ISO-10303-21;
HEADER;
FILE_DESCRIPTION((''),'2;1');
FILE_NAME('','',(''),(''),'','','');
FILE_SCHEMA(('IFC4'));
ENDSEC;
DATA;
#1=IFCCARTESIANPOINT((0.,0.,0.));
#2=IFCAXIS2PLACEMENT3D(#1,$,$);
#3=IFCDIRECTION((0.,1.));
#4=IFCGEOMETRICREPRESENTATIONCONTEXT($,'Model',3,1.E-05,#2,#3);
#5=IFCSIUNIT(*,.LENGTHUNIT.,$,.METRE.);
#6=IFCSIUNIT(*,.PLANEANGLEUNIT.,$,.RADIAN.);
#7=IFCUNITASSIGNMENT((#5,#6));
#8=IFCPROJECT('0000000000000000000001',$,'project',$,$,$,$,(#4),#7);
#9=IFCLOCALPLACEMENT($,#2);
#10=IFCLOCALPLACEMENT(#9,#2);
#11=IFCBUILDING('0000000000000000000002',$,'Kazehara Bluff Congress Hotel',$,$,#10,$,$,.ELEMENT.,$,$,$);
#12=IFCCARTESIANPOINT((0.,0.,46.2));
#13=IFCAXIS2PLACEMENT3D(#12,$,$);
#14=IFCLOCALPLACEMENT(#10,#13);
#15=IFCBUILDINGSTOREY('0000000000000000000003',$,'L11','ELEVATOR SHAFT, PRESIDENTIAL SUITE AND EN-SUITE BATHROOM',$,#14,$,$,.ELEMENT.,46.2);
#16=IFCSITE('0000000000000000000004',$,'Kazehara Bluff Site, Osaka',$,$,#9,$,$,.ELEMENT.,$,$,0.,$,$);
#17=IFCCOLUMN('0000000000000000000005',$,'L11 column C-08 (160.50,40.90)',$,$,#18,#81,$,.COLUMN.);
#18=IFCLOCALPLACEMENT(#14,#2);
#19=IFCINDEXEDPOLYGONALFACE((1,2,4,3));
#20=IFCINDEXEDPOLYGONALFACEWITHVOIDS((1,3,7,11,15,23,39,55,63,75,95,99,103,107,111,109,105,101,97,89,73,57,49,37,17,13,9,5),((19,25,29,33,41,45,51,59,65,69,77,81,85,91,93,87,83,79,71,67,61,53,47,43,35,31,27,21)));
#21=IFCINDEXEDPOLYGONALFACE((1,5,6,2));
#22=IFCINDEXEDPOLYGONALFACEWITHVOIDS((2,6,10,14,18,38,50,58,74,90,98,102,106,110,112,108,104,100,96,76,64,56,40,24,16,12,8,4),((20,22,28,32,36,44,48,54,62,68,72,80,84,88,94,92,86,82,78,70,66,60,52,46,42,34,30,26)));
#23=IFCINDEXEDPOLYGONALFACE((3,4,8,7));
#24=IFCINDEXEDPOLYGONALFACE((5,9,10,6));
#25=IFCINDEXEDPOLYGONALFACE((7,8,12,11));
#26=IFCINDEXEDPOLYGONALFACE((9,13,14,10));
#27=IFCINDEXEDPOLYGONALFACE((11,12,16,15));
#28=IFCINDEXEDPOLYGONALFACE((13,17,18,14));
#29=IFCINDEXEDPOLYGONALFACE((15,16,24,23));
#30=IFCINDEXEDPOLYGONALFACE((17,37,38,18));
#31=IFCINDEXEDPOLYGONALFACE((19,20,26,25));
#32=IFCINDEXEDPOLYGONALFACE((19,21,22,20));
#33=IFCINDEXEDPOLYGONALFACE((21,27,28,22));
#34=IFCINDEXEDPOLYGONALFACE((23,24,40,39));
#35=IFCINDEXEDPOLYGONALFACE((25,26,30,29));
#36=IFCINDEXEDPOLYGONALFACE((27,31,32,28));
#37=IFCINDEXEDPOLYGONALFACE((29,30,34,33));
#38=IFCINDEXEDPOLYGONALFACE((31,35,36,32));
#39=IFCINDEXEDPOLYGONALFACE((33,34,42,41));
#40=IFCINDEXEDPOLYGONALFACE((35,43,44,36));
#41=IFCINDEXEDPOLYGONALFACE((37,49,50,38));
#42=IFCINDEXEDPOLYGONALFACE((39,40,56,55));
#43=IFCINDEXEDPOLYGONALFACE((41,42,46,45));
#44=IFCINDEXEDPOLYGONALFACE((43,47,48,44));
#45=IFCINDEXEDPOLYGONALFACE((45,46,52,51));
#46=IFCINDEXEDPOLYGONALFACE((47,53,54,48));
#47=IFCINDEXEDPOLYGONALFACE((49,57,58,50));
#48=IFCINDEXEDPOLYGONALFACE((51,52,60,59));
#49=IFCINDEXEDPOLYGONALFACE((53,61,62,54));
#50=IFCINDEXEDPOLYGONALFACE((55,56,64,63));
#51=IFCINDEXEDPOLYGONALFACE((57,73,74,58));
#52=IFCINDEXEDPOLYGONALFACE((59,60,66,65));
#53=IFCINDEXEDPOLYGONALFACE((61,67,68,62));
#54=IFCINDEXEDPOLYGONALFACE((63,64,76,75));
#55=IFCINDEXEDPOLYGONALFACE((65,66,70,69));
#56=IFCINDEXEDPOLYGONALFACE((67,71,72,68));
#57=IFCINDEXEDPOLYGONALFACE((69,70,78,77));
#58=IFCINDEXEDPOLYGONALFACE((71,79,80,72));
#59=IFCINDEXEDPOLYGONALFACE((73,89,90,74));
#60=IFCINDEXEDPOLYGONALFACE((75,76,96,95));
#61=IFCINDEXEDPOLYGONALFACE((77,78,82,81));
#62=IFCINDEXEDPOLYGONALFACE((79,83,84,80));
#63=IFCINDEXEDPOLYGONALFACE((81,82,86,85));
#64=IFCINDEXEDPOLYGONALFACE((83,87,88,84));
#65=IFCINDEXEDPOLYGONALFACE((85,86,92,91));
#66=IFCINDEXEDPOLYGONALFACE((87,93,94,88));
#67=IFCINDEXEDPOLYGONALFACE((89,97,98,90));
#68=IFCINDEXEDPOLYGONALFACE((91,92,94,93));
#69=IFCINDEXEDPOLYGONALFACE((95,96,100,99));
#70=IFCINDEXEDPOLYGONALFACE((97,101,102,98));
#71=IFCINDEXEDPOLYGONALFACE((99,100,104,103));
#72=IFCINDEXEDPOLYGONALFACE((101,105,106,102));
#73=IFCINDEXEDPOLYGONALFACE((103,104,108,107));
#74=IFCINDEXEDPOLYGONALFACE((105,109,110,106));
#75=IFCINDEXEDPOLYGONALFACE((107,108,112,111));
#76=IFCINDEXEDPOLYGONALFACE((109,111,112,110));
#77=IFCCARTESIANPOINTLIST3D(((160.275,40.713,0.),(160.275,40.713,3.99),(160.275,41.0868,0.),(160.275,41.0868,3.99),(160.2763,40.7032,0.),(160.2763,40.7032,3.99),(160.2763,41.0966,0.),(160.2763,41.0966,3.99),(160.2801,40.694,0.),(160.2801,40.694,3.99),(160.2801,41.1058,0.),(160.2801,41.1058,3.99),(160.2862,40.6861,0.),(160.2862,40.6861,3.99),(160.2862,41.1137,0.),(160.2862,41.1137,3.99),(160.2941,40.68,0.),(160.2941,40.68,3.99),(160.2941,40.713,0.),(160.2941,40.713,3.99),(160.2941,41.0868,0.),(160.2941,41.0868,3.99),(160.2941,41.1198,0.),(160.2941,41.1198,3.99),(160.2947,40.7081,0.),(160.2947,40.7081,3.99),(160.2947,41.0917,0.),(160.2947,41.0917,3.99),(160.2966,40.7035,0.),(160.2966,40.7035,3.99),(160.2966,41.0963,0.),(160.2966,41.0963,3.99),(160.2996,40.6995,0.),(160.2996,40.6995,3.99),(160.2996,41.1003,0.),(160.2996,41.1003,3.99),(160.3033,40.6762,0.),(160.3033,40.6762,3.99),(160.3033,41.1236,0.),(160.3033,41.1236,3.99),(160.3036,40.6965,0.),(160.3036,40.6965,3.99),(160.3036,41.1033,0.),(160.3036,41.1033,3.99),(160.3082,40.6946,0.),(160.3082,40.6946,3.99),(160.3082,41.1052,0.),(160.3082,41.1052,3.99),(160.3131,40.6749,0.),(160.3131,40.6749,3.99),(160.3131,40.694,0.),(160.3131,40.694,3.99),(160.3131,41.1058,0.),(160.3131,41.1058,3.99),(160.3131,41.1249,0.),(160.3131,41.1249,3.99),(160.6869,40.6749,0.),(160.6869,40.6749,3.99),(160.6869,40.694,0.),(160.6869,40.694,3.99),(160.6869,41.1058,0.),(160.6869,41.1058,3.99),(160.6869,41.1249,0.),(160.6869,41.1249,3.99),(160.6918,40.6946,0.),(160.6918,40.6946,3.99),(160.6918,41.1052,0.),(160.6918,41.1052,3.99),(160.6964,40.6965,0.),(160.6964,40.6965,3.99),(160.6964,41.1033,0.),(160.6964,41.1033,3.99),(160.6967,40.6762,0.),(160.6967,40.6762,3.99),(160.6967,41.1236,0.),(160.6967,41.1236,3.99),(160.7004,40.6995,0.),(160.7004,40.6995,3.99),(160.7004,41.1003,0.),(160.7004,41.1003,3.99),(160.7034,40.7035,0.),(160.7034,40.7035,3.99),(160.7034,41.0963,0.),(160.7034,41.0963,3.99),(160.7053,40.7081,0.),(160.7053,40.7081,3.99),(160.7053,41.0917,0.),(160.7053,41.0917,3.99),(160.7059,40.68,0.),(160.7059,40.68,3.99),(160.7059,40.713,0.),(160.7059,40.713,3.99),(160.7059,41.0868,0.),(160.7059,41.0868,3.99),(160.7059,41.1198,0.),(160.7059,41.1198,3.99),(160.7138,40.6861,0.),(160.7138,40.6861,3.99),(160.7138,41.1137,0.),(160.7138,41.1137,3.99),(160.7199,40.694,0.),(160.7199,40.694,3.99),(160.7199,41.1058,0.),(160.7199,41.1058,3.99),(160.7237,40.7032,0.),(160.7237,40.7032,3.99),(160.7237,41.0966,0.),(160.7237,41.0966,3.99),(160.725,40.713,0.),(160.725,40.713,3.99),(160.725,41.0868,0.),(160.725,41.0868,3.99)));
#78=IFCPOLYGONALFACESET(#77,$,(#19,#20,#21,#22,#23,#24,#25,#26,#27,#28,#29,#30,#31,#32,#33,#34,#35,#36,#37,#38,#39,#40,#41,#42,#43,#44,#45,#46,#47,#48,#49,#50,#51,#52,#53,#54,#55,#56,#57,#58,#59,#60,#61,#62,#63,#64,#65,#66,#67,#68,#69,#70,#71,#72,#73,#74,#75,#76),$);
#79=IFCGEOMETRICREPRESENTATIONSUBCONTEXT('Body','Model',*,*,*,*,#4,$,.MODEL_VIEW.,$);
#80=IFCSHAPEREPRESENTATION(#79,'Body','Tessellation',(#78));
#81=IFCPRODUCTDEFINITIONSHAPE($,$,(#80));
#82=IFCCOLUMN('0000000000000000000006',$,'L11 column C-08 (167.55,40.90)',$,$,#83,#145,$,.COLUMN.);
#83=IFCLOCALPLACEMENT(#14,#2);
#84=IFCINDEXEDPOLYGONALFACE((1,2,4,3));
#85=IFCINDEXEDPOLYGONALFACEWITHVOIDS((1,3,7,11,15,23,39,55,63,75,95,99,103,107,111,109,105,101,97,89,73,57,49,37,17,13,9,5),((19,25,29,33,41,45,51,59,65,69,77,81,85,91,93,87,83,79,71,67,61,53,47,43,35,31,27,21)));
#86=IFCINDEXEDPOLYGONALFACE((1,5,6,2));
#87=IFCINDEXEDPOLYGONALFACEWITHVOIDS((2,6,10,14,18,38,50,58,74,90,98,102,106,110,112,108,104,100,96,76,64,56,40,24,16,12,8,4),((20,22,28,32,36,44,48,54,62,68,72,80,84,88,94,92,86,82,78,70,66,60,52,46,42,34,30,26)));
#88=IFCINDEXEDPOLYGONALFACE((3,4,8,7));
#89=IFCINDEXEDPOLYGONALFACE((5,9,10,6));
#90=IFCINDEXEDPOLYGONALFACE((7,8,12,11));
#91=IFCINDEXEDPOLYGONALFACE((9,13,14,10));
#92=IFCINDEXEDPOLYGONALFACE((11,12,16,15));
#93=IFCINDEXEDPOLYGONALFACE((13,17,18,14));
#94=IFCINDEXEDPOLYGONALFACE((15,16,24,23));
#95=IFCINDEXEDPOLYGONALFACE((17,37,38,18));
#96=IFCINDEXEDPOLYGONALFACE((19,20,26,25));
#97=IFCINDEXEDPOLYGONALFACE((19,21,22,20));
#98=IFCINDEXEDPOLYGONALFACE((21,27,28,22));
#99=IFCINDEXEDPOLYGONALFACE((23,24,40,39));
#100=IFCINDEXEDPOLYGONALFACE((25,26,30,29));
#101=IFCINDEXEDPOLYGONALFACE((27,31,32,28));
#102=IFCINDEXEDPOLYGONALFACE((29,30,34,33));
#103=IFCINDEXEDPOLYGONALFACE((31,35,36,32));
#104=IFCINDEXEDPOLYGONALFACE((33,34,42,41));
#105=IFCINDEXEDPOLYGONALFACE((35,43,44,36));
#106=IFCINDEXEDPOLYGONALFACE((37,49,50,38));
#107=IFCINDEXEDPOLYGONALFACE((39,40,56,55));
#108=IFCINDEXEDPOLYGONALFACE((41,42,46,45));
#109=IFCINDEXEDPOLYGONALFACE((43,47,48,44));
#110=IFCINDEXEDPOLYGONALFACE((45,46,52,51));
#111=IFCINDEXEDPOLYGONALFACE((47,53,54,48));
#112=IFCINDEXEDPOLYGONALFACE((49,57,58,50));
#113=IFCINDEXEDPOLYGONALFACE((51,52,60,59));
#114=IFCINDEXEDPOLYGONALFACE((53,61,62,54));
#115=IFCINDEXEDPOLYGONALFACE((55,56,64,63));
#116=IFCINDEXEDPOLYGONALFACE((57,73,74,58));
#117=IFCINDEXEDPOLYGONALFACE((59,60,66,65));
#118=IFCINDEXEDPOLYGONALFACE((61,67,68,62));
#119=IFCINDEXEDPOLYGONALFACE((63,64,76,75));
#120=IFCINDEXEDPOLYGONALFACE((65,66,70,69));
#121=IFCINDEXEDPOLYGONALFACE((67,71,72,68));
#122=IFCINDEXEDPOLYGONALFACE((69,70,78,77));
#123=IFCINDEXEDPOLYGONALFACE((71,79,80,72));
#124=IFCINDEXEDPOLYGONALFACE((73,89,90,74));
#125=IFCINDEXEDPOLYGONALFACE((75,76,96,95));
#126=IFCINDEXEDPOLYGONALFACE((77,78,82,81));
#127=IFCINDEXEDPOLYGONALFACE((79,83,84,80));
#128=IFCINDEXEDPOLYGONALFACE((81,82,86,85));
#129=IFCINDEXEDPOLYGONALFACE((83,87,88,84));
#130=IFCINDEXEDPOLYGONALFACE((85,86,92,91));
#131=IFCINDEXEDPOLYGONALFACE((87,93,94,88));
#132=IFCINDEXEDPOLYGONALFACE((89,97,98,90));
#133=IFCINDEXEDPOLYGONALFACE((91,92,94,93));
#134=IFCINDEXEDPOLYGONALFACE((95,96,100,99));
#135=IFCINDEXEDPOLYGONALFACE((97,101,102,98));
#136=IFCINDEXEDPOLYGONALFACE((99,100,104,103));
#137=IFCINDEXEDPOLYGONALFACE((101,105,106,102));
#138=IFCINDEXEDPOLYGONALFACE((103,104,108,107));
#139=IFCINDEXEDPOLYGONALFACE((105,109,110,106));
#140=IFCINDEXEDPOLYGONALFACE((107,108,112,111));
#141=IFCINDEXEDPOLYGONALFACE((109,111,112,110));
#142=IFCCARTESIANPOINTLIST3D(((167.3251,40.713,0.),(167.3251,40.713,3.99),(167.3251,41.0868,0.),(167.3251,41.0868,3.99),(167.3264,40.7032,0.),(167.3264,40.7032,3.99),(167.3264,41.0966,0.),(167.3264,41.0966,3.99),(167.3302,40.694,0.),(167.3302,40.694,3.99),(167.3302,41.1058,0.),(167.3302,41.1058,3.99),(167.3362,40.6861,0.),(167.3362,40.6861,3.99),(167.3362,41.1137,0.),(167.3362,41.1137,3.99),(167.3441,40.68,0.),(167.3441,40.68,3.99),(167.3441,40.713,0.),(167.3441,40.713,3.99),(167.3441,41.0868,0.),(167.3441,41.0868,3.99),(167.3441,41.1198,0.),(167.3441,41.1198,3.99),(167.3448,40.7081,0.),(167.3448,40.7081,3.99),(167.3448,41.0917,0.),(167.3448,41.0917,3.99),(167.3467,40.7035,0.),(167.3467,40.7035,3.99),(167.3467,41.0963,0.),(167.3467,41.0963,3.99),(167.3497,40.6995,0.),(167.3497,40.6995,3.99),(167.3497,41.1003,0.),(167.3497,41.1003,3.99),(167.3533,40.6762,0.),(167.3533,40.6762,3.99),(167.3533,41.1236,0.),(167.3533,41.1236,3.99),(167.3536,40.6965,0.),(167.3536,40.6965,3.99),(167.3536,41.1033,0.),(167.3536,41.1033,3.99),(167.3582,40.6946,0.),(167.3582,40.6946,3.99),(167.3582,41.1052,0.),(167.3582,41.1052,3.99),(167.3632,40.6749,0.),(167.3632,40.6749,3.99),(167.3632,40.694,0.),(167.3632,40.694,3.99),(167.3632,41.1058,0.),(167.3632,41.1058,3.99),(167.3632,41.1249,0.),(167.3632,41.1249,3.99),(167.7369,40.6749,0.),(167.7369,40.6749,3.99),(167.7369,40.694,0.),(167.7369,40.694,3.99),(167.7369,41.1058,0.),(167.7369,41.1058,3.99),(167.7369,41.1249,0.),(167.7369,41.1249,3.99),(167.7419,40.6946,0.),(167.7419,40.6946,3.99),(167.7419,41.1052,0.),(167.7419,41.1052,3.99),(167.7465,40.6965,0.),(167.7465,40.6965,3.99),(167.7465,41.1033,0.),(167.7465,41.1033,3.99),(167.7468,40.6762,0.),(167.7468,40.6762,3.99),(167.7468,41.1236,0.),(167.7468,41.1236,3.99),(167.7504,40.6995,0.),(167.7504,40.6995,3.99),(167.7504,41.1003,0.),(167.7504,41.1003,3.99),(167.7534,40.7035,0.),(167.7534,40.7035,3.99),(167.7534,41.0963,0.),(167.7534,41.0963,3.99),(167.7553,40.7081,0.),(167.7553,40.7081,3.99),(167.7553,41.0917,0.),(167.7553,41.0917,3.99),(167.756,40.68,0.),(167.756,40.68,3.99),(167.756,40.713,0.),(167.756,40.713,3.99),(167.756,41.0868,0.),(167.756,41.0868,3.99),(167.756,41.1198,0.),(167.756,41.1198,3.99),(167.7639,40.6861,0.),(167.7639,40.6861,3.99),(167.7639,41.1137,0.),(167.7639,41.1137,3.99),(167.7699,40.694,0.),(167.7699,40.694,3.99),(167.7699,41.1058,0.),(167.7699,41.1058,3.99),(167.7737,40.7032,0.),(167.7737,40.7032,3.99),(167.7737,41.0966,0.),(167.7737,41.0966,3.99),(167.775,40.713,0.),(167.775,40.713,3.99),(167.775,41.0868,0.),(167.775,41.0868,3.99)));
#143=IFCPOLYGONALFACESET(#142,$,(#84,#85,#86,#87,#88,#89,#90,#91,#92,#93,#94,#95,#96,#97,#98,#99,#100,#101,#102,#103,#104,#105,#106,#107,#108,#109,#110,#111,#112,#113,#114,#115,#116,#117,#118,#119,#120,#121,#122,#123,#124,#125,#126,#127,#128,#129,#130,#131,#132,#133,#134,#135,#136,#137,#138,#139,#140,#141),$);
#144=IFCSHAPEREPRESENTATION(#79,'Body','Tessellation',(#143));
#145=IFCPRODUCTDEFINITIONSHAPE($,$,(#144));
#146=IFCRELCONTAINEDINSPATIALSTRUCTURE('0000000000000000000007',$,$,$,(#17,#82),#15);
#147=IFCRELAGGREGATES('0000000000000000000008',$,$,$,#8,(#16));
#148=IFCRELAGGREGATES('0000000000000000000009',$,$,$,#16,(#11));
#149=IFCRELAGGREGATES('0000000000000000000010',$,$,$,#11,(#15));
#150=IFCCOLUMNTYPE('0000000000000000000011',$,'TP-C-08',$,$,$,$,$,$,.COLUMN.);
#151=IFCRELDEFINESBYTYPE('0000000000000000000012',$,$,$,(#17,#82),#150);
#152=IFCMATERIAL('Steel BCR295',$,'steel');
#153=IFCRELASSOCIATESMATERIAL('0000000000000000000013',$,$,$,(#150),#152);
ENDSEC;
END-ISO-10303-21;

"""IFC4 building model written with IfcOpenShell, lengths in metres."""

from ifc_helpers import new_model, si_unit, direction, frame, origin, origin_2d, place, context, subcontext, project, spatial, hollow_rectangle, extrude, material, material_profile, profile_set, type_object, element, save


model = new_model("IFC4")

# Units and contexts
model_context = context("Model", 3, precision=1e-05, world=origin(), true_north=direction((0.0, 1.0)))
body_context = subcontext(model_context, "Body", "Model", "MODEL_VIEW")
ifc_project = project(units=[si_unit("LENGTHUNIT", "METRE"), si_unit("PLANEANGLEUNIT", "RADIAN")], contexts=[model_context])

# Site, building, storey
site_placement = place(None, origin())
site = spatial("IfcSite", under=ifc_project, at=site_placement, Name="Kazehara Bluff Site, Osaka", CompositionType="ELEMENT", RefElevation=0.0)
building_placement = place(site_placement, origin())
building = spatial("IfcBuilding", under=site, at=building_placement, Name="Kazehara Bluff Congress Hotel", CompositionType="ELEMENT")
storey_placement = place(building_placement, frame((0.0, 0.0, 46.2)))
storey = spatial("IfcBuildingStorey", under=building, at=storey_placement, Name="L11", Description="ELEVATOR SHAFT, PRESIDENTIAL SUITE AND EN-SUITE BATHROOM", CompositionType="ELEMENT", Elevation=46.2)

# Columns
ifc_material_1 = material(Name="Steel BCR295", Category="steel")
ifc_material_profile_1 = material_profile(ifc_material_1, hollow_rectangle(XDim=0.45, YDim=0.45, WallThickness=0.019, InnerFilletRadius=0.019, OuterFilletRadius=0.0381, at=origin_2d()))
ifc_profile_set_1 = profile_set([ifc_material_profile_1], Name="Steel BCR295")
column_type = type_object("IfcColumnType", Name="TP-C-08", PredefinedType="COLUMN", material=ifc_profile_set_1)
for number, where, z_axis, x_axis, name in (
    (1, (160.5, 40.8999, 0.0), (0.0, 0.0, 1.0), (1.0, 0.0, 0.0), "L11 column C-08 (160.50,40.90)"),
    (2, (167.55, 40.8999, 0.0), (0.0, 0.0, 1.0), (1.0, 0.0, 0.0), "L11 column C-08 (167.55,40.90)"),
):
    element("IfcColumn", number, at=place(storey_placement, frame(where, z_axis=z_axis, x_axis=x_axis)), inside=storey, type_object=column_type, Name=name, PredefinedType="COLUMN", context=body_context, shape_type="SweptSolid", body=[
        extrude(hollow_rectangle(XDim=0.45, YDim=0.45, WallThickness=0.019, InnerFilletRadius=0.019, OuterFilletRadius=0.0381, at=origin_2d()), origin(), (0.0, 0.0, 1.0), 3.99),
    ])

save(model, "model.ifc")
